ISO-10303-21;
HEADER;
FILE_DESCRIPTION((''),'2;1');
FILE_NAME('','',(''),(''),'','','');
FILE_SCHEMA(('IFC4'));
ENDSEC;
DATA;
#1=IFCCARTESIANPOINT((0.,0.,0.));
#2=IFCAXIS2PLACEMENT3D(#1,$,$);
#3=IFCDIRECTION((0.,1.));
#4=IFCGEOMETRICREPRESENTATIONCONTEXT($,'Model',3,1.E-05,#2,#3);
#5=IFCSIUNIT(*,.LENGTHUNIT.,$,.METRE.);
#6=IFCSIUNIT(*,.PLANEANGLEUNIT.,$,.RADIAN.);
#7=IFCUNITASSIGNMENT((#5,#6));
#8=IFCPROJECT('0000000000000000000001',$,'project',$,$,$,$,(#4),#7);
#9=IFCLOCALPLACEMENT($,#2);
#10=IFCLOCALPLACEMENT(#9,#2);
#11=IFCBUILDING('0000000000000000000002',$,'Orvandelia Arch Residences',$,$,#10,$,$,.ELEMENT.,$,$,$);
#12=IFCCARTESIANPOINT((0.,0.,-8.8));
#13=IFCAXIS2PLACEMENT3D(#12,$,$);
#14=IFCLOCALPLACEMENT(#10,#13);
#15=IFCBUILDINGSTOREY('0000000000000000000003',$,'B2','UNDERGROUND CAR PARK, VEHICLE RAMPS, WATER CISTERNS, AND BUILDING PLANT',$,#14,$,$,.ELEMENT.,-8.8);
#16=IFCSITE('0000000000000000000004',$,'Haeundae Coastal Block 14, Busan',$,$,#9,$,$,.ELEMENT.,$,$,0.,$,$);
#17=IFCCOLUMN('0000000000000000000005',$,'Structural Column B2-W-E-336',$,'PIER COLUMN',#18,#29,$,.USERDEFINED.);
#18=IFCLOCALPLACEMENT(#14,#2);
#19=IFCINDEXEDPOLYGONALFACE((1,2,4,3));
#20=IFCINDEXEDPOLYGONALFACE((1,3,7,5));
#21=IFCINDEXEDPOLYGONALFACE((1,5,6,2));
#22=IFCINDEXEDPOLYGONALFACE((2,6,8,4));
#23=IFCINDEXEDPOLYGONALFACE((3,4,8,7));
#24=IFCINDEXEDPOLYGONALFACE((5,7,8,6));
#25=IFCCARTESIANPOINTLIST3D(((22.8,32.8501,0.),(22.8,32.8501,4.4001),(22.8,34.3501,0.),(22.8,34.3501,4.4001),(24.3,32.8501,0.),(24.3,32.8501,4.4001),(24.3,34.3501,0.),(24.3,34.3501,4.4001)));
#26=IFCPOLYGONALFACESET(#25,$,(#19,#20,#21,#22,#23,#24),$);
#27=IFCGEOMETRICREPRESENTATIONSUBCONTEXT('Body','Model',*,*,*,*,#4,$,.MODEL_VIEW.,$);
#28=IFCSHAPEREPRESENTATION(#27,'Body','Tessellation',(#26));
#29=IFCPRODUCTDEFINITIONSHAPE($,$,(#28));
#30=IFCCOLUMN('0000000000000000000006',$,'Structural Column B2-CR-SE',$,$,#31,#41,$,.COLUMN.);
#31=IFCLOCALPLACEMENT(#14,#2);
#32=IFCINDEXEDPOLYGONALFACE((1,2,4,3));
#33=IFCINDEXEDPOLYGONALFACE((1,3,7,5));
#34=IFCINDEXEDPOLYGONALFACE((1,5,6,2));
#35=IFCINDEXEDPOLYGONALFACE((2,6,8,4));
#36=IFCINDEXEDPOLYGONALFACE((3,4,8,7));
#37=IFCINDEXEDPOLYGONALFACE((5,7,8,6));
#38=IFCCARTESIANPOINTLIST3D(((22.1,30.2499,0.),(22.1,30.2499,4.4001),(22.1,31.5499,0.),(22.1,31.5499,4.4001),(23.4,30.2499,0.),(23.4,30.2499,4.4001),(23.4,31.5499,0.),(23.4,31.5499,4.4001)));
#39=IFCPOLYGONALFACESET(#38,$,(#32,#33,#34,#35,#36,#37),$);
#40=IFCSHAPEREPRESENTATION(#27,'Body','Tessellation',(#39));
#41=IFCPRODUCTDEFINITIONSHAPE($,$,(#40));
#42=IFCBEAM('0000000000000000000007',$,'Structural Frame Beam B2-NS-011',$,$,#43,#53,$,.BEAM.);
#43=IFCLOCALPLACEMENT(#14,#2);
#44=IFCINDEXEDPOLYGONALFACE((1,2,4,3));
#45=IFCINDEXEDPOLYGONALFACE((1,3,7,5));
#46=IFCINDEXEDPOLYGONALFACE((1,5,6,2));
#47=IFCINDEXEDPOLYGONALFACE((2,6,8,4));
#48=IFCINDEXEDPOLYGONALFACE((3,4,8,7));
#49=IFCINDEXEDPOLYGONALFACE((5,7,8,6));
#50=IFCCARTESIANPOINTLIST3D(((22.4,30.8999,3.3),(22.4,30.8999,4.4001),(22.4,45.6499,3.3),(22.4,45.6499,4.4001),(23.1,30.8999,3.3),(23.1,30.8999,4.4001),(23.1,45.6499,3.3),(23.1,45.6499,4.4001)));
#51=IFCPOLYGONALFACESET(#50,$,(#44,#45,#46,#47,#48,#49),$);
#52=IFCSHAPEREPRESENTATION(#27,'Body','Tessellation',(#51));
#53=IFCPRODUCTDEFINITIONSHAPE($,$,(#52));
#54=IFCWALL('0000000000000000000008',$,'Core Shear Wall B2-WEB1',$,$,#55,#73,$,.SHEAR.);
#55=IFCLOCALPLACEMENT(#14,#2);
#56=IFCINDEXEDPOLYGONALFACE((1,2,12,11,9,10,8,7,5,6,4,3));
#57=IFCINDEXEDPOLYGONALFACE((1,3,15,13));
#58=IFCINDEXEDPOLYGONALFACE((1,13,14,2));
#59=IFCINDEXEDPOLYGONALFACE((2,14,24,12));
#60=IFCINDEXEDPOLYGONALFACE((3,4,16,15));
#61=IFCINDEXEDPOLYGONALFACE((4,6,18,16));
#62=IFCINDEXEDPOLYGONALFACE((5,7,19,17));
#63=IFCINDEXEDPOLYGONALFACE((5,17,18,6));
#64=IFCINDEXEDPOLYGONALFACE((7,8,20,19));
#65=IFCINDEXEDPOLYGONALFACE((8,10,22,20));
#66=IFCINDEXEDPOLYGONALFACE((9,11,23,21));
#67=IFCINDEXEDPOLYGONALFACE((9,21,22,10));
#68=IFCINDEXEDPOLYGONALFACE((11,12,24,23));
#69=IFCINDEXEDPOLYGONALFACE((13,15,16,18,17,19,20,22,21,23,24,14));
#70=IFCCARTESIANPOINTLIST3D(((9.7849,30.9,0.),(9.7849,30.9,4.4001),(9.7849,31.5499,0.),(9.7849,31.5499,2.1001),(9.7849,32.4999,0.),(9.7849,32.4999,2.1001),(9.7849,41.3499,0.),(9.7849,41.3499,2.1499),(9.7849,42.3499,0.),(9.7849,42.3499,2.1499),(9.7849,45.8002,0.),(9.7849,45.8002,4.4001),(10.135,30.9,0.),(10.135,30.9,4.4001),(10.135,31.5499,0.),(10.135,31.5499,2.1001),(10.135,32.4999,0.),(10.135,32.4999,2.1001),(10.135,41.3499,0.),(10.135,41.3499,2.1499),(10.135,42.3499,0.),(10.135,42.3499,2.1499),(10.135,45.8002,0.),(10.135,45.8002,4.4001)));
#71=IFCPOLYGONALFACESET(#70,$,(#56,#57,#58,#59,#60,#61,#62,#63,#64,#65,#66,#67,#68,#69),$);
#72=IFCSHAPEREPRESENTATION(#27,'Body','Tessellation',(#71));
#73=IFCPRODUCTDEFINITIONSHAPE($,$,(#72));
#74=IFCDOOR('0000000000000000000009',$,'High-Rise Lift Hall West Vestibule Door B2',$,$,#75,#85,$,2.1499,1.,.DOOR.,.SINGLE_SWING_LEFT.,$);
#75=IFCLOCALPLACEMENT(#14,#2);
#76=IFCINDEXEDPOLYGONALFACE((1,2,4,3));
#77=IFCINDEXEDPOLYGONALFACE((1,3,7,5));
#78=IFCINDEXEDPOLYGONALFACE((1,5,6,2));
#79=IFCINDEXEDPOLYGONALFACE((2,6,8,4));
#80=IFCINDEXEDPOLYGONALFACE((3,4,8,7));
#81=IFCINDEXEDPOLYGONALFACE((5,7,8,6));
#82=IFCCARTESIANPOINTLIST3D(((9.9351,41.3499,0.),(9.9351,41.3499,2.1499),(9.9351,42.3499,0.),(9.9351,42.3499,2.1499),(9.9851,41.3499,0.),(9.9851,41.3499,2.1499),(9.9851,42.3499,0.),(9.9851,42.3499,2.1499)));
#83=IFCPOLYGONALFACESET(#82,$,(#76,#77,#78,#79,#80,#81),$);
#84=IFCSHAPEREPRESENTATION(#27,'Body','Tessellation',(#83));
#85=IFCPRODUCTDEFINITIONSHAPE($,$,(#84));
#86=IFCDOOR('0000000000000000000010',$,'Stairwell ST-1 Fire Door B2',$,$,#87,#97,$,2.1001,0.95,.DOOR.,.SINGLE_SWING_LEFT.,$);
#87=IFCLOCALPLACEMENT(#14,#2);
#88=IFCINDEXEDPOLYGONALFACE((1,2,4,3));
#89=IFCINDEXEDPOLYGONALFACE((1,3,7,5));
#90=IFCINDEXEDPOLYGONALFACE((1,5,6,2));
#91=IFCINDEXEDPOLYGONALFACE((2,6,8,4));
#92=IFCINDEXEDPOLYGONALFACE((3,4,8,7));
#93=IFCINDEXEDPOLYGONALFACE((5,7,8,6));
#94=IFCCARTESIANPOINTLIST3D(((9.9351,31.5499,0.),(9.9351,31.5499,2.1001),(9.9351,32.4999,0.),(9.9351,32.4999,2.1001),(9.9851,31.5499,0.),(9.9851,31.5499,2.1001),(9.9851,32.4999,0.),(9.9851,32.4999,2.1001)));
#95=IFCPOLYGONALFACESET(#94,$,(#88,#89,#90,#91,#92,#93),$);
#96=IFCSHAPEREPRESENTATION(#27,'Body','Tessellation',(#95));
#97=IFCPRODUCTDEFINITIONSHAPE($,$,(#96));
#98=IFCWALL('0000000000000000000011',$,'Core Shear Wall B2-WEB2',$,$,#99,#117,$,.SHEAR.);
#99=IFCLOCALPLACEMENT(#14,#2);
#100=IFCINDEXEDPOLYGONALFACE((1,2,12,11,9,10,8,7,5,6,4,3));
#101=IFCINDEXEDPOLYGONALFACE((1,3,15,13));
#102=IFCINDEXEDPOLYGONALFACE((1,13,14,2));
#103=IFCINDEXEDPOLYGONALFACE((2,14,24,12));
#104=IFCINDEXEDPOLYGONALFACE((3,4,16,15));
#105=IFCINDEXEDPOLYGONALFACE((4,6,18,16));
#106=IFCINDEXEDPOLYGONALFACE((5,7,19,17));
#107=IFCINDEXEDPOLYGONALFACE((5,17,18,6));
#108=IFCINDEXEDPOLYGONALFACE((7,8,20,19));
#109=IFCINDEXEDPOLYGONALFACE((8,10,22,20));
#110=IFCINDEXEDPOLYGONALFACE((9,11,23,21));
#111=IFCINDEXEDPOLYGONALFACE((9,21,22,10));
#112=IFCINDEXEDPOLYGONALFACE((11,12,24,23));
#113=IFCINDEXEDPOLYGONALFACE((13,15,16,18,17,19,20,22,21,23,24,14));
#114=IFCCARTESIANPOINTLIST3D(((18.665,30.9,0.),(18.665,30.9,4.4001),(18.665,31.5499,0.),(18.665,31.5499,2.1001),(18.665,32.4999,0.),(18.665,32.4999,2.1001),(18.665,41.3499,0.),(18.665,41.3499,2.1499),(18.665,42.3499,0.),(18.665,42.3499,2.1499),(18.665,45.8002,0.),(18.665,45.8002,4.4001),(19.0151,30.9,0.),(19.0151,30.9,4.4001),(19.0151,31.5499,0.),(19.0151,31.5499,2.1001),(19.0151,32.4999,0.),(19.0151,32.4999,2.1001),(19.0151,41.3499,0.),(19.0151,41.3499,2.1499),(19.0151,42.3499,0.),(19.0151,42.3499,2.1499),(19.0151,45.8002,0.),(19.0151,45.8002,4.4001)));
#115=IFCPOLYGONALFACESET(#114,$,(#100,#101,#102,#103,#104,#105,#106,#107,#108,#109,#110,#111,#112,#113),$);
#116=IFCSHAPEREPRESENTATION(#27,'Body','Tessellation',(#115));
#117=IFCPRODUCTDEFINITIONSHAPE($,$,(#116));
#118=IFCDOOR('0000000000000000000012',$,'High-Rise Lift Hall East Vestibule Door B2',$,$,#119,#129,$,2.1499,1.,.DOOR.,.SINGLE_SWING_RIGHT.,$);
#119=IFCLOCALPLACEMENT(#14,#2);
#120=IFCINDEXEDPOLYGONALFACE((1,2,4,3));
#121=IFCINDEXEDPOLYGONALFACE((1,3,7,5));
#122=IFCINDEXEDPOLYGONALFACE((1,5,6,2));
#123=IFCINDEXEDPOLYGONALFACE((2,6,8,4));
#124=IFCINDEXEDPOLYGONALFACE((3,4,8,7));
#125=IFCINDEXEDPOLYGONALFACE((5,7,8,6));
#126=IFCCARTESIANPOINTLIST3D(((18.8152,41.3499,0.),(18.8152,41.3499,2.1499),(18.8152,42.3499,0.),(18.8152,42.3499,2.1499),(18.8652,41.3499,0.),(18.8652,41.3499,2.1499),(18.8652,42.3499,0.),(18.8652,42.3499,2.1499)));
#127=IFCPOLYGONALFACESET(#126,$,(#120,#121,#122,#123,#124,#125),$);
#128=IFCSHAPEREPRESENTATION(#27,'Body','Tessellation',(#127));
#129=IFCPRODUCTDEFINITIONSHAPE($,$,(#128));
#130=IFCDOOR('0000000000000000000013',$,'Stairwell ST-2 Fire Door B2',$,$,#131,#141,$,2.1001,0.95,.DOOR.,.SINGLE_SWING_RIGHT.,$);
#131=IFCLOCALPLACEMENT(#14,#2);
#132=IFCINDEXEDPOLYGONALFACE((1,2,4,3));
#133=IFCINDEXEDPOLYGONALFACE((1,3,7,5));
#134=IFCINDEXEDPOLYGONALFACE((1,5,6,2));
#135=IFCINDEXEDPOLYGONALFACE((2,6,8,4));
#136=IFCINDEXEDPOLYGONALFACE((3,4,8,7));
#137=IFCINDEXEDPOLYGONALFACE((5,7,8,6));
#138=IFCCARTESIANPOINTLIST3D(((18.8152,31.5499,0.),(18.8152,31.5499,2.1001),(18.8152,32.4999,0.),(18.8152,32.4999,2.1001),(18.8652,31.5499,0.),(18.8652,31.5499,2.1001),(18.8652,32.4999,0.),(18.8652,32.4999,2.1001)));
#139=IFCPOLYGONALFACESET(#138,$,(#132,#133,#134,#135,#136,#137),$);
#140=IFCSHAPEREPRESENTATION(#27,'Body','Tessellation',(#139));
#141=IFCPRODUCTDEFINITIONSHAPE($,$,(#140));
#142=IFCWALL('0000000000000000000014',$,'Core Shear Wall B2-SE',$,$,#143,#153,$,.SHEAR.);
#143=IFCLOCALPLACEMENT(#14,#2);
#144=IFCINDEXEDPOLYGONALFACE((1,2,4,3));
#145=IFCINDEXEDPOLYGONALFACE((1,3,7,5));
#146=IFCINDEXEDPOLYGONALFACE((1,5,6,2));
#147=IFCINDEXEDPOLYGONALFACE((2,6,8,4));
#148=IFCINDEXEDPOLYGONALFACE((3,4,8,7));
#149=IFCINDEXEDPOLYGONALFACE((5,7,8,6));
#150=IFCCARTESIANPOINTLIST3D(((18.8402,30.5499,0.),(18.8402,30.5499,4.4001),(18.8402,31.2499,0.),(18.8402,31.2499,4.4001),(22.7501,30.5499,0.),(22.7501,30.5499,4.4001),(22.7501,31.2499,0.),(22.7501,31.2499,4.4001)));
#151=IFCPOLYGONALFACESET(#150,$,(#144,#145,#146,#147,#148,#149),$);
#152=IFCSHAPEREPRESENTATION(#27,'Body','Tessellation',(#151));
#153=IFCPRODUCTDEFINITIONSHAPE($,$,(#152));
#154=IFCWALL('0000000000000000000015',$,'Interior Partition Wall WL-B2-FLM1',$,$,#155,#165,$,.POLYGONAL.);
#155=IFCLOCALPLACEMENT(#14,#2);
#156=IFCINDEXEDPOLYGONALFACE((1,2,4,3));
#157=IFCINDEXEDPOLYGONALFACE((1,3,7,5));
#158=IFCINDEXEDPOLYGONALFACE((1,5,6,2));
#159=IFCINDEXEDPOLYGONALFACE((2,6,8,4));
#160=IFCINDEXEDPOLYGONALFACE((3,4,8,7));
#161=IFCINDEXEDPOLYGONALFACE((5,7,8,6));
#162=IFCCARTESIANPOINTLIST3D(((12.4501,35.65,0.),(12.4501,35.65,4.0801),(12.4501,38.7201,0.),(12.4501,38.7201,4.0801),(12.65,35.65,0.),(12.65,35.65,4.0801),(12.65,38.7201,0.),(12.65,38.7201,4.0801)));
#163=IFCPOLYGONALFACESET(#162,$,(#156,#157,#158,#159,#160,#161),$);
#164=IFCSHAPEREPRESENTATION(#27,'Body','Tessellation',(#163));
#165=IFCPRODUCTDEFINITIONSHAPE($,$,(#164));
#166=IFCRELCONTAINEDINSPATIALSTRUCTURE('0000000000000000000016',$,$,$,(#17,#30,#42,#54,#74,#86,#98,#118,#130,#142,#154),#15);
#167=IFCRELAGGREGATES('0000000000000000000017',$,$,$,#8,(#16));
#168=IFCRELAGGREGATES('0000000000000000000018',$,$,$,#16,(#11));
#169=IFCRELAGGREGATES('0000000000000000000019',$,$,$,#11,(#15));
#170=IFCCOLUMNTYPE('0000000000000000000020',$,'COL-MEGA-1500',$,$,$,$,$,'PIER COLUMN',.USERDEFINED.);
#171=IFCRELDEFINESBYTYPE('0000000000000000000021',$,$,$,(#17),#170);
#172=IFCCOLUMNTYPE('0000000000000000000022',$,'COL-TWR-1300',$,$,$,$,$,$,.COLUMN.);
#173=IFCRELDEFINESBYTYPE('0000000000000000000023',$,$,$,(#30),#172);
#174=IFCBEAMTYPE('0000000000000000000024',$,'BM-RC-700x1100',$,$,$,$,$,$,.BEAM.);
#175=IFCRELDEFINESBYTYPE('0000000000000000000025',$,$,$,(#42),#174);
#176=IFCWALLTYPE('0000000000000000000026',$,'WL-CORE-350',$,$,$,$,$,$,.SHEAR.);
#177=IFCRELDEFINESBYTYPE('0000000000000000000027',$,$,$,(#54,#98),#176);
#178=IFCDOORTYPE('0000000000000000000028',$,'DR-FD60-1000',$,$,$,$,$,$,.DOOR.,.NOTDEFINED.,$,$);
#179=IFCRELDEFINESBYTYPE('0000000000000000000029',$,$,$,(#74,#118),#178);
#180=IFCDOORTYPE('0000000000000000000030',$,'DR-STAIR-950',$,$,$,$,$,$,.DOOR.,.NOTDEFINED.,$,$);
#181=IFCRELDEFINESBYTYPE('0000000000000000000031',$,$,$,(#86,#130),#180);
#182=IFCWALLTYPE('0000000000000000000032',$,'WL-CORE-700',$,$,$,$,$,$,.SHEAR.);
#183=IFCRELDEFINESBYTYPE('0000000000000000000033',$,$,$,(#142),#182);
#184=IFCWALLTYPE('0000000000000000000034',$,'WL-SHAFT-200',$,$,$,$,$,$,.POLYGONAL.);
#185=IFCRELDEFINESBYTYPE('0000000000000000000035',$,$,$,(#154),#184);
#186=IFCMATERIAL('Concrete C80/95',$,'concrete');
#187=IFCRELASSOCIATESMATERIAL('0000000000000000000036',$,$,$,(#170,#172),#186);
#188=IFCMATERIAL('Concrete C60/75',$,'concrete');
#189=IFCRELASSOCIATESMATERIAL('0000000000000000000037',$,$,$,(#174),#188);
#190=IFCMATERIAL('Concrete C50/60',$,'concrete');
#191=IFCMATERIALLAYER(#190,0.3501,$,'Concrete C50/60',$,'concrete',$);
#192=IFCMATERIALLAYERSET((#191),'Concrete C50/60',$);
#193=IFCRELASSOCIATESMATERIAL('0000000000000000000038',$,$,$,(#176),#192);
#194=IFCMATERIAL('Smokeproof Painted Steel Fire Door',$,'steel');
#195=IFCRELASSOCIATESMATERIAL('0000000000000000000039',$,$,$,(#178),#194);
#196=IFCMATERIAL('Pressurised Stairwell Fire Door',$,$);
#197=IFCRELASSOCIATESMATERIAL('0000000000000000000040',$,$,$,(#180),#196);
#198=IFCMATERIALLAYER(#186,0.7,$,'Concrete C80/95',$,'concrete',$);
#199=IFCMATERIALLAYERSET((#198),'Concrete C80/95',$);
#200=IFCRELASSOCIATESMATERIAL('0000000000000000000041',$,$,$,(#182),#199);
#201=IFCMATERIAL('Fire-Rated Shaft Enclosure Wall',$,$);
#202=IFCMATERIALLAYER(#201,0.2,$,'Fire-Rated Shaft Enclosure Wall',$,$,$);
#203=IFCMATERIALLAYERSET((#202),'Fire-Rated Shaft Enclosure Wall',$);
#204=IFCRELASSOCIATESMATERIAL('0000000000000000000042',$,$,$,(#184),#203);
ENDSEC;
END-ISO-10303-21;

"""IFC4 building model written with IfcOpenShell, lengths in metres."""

from ifc_helpers import new_model, si_unit, direction, frame, frame_2d, origin, origin_2d, place, context, subcontext, project, spatial, rectangle, extrude, material, layer, layer_set, material_profile, profile_set, type_object, element, fill, save


model = new_model("IFC4")

# Units and contexts
model_context = context("Model", 3, precision=1e-05, world=origin(), true_north=direction((0.0, 1.0)))
body_context = subcontext(model_context, "Body", "Model", "MODEL_VIEW")
ifc_project = project(units=[si_unit("LENGTHUNIT", "METRE"), si_unit("PLANEANGLEUNIT", "RADIAN")], contexts=[model_context])

# Site, building, storey
site_placement = place(None, origin())
site = spatial("IfcSite", under=ifc_project, at=site_placement, Name="Haeundae Coastal Block 14, Busan", CompositionType="ELEMENT", RefElevation=0.0)
building_placement = place(site_placement, origin())
building = spatial("IfcBuilding", under=site, at=building_placement, Name="Orvandelia Arch Residences", CompositionType="ELEMENT")
storey_placement = place(building_placement, frame((0.0, 0.0, -8.8)))
storey = spatial("IfcBuildingStorey", under=building, at=storey_placement, Name="B2", Description="UNDERGROUND CAR PARK, VEHICLE RAMPS, WATER CISTERNS, AND BUILDING PLANT", CompositionType="ELEMENT", Elevation=-8.8)

# Columns
ifc_material_1 = material(Name="Concrete C80/95", Category="concrete")
ifc_material_profile_1 = material_profile(ifc_material_1, rectangle(XDim=1.5, YDim=1.5, at=origin_2d()), Name="Concrete C80/95", Category="concrete")
ifc_profile_set_1 = profile_set([ifc_material_profile_1], Name="Concrete C80/95")
column_type_1 = type_object("IfcColumnType", Name="COL-MEGA-1500", ElementType="PIER COLUMN", PredefinedType="USERDEFINED", material=ifc_profile_set_1)
column_1_placement = place(storey_placement, frame((23.55, 33.6001, 0.0), z_axis=(0.0, 0.0, 1.0), x_axis=(1.0, 0.0, 0.0)))
element("IfcColumn", 1, at=column_1_placement, inside=storey, type_object=column_type_1, Name="Structural Column B2-W-E-336", ObjectType="PIER COLUMN", PredefinedType="USERDEFINED", context=body_context, shape_type="SweptSolid", body=[
    extrude(rectangle(XDim=1.5, YDim=1.5, at=origin_2d()), origin(), (0.0, 0.0, 1.0), 4.4001),
])
ifc_material_profile_2 = material_profile(ifc_material_1, rectangle(XDim=1.3, YDim=1.3, at=origin_2d()), Name="Concrete C80/95", Category="concrete")
ifc_profile_set_2 = profile_set([ifc_material_profile_2], Name="Concrete C80/95")
column_type_2 = type_object("IfcColumnType", Name="COL-TWR-1300", PredefinedType="COLUMN", material=ifc_profile_set_2)
column_2_placement = place(storey_placement, frame((22.75, 30.8999, 0.0), z_axis=(0.0, 0.0, 1.0), x_axis=(1.0, 0.0, 0.0)))
element("IfcColumn", 2, at=column_2_placement, inside=storey, type_object=column_type_2, Name="Structural Column B2-CR-SE", PredefinedType="COLUMN", context=body_context, shape_type="SweptSolid", body=[
    extrude(rectangle(XDim=1.3, YDim=1.3, at=origin_2d()), origin(), (0.0, 0.0, 1.0), 4.4001),
])

# Beam
ifc_material_2 = material(Name="Concrete C60/75", Category="concrete")
ifc_material_profile_3 = material_profile(ifc_material_2, rectangle(XDim=0.7, YDim=1.1001, at=origin_2d()), Name="Concrete C60/75", Category="concrete")
ifc_profile_set_3 = profile_set([ifc_material_profile_3], Name="Concrete C60/75")
beam_type = type_object("IfcBeamType", Name="BM-RC-700x1100", PredefinedType="BEAM", material=ifc_profile_set_3)
beam_placement = place(storey_placement, frame((22.75, 30.8999, 3.8501), z_axis=(0.0, 1.0, 0.0), x_axis=(-1.0, 0.0, 0.0)))
element("IfcBeam", 3, at=beam_placement, inside=storey, type_object=beam_type, Name="Structural Frame Beam B2-NS-011", PredefinedType="BEAM", context=body_context, shape_type="SweptSolid", body=[
    extrude(rectangle(XDim=0.7, YDim=1.1001, at=origin_2d()), origin(), (0.0, 0.0, 1.0), 14.75),
])

# Walls, openings, doors
ifc_material_3 = material(Name="Concrete C50/60", Category="concrete")
ifc_layer_1 = layer(ifc_material_3, 0.3501, Name="Concrete C50/60", Category="concrete")
ifc_layer_set_1 = layer_set([ifc_layer_1], Name="Concrete C50/60")
wall_type_1 = type_object("IfcWallType", Name="WL-CORE-350", PredefinedType="SHEAR", material=ifc_layer_set_1)
wall_1_placement = place(storey_placement, frame((9.96, 30.8999, 0.0), z_axis=(0.0, 0.0, 1.0), x_axis=(0.0, 1.0, 0.0)))
wall_1 = element("IfcWall", 4, at=wall_1_placement, inside=storey, type_object=wall_type_1, Name="Core Shear Wall B2-WEB1", PredefinedType="SHEAR", context=body_context, shape_type="SweptSolid", body=[
    extrude(rectangle(XDim=14.9001, YDim=0.3501, at=frame_2d((7.4502, 0.0))), origin(), (0.0, 0.0, 1.0), 4.4001),
])
opening_1_placement = place(wall_1_placement, frame((0.6499, 0.0, 0.0)))
opening_1 = element("IfcOpeningElement", 5, at=opening_1_placement, cuts=wall_1, PredefinedType="OPENING", context=body_context, shape_type="SweptSolid", body=[
    extrude(rectangle(XDim=0.95, YDim=2.1001, at=frame_2d((0.4751, 1.05))), frame((0.0, 0.1851, 0.0), z_axis=(0.0, -1.0, 0.0), x_axis=(1.0, 0.0, 0.0)), (0.0, 0.0, 1.0), 0.3701),
])
opening_2_placement = place(wall_1_placement, frame((10.45, 0.0, 0.0)))
opening_2 = element("IfcOpeningElement", 6, at=opening_2_placement, cuts=wall_1, PredefinedType="OPENING", context=body_context, shape_type="SweptSolid", body=[
    extrude(rectangle(XDim=1.0, YDim=2.1499, at=frame_2d((0.5, 1.075))), frame((0.0, 0.1851, 0.0), z_axis=(0.0, -1.0, 0.0), x_axis=(1.0, 0.0, 0.0)), (0.0, 0.0, 1.0), 0.3701),
])
ifc_material_4 = material(Name="Smokeproof Painted Steel Fire Door", Category="steel")
door_type_1 = type_object("IfcDoorType", Name="DR-FD60-1000", OperationType="NOTDEFINED", PredefinedType="DOOR", material=ifc_material_4)
door_1_placement = place(opening_2_placement, origin())
door_1 = element("IfcDoor", 7, at=door_1_placement, inside=storey, type_object=door_type_1, Name="High-Rise Lift Hall West Vestibule Door B2", OperationType="SINGLE_SWING_LEFT", OverallHeight=2.1499, OverallWidth=1.0, PredefinedType="DOOR", context=body_context, shape_type="SweptSolid", body=[
    extrude(rectangle(XDim=1.0, YDim=2.1499, at=frame_2d((0.5, 1.075))), frame((0.0, 0.0249, 0.0), z_axis=(0.0, -1.0, 0.0), x_axis=(1.0, 0.0, 0.0)), (0.0, 0.0, 1.0), 0.05),
])
fill(opening_2, door_1)
ifc_material_5 = material(Name="Pressurised Stairwell Fire Door")
door_type_2 = type_object("IfcDoorType", Name="DR-STAIR-950", OperationType="NOTDEFINED", PredefinedType="DOOR", material=ifc_material_5)
door_2_placement = place(opening_1_placement, origin())
door_2 = element("IfcDoor", 8, at=door_2_placement, inside=storey, type_object=door_type_2, Name="Stairwell ST-1 Fire Door B2", OperationType="SINGLE_SWING_LEFT", OverallHeight=2.1001, OverallWidth=0.95, PredefinedType="DOOR", context=body_context, shape_type="SweptSolid", body=[
    extrude(rectangle(XDim=0.95, YDim=2.1001, at=frame_2d((0.4751, 1.05))), frame((0.0, 0.0249, 0.0), z_axis=(0.0, -1.0, 0.0), x_axis=(1.0, 0.0, 0.0)), (0.0, 0.0, 1.0), 0.05),
])
fill(opening_1, door_2)
wall_2_placement = place(storey_placement, frame((18.8401, 30.8999, 0.0), z_axis=(0.0, 0.0, 1.0), x_axis=(0.0, 1.0, 0.0)))
wall_2 = element("IfcWall", 9, at=wall_2_placement, inside=storey, type_object=wall_type_1, Name="Core Shear Wall B2-WEB2", PredefinedType="SHEAR", context=body_context, shape_type="SweptSolid", body=[
    extrude(rectangle(XDim=14.9001, YDim=0.3501, at=frame_2d((7.4502, 0.0))), origin(), (0.0, 0.0, 1.0), 4.4001),
])
opening_3_placement = place(wall_2_placement, frame((0.6499, 0.0, 0.0)))
opening_3 = element("IfcOpeningElement", 10, at=opening_3_placement, cuts=wall_2, PredefinedType="OPENING", context=body_context, shape_type="SweptSolid", body=[
    extrude(rectangle(XDim=0.95, YDim=2.1001, at=frame_2d((0.4751, 1.05))), frame((0.0, 0.1851, 0.0), z_axis=(0.0, -1.0, 0.0), x_axis=(1.0, 0.0, 0.0)), (0.0, 0.0, 1.0), 0.3701),
])
opening_4_placement = place(wall_2_placement, frame((10.45, 0.0, 0.0)))
opening_4 = element("IfcOpeningElement", 11, at=opening_4_placement, cuts=wall_2, PredefinedType="OPENING", context=body_context, shape_type="SweptSolid", body=[
    extrude(rectangle(XDim=1.0, YDim=2.1499, at=frame_2d((0.5, 1.075))), frame((0.0, 0.1851, 0.0), z_axis=(0.0, -1.0, 0.0), x_axis=(1.0, 0.0, 0.0)), (0.0, 0.0, 1.0), 0.3701),
])
door_3_placement = place(opening_4_placement, origin())
door_3 = element("IfcDoor", 12, at=door_3_placement, inside=storey, type_object=door_type_1, Name="High-Rise Lift Hall East Vestibule Door B2", OperationType="SINGLE_SWING_RIGHT", OverallHeight=2.1499, OverallWidth=1.0, PredefinedType="DOOR", context=body_context, shape_type="SweptSolid", body=[
    extrude(rectangle(XDim=1.0, YDim=2.1499, at=frame_2d((0.5, 1.075))), frame((0.0, 0.0249, 0.0), z_axis=(0.0, -1.0, 0.0), x_axis=(1.0, 0.0, 0.0)), (0.0, 0.0, 1.0), 0.05),
])
fill(opening_4, door_3)
door_4_placement = place(opening_3_placement, origin())
door_4 = element("IfcDoor", 13, at=door_4_placement, inside=storey, type_object=door_type_2, Name="Stairwell ST-2 Fire Door B2", OperationType="SINGLE_SWING_RIGHT", OverallHeight=2.1001, OverallWidth=0.95, PredefinedType="DOOR", context=body_context, shape_type="SweptSolid", body=[
    extrude(rectangle(XDim=0.95, YDim=2.1001, at=frame_2d((0.4751, 1.05))), frame((0.0, 0.0249, 0.0), z_axis=(0.0, -1.0, 0.0), x_axis=(1.0, 0.0, 0.0)), (0.0, 0.0, 1.0), 0.05),
])
fill(opening_3, door_4)

# Walls
ifc_layer_2 = layer(ifc_material_1, 0.7, Name="Concrete C80/95", Category="concrete")
ifc_layer_set_2 = layer_set([ifc_layer_2], Name="Concrete C80/95")
wall_type_2 = type_object("IfcWallType", Name="WL-CORE-700", PredefinedType="SHEAR", material=ifc_layer_set_2)
wall_3_placement = place(storey_placement, frame((18.8401, 30.8999, 0.0), z_axis=(0.0, 0.0, 1.0), x_axis=(1.0, 0.0, 0.0)))
element("IfcWall", 14, at=wall_3_placement, inside=storey, type_object=wall_type_2, Name="Core Shear Wall B2-SE", PredefinedType="SHEAR", context=body_context, shape_type="SweptSolid", body=[
    extrude(rectangle(XDim=3.9099, YDim=0.7, at=frame_2d((1.9551, 0.0))), origin(), (0.0, 0.0, 1.0), 4.4001),
])
ifc_material_6 = material(Name="Fire-Rated Shaft Enclosure Wall")
ifc_layer_3 = layer(ifc_material_6, 0.2, Name="Fire-Rated Shaft Enclosure Wall")
ifc_layer_set_3 = layer_set([ifc_layer_3], Name="Fire-Rated Shaft Enclosure Wall")
wall_type_3 = type_object("IfcWallType", Name="WL-SHAFT-200", PredefinedType="POLYGONAL", material=ifc_layer_set_3)
for number, where, z_axis, x_axis, name in (
    (15, (12.55, 35.6499, 0.0), (0.0, 0.0, 1.0), (0.0, 1.0, 0.0), "Interior Partition Wall WL-B2-FLM1"),
):
    element("IfcWall", number, at=place(storey_placement, frame(where, z_axis=z_axis, x_axis=x_axis)), inside=storey, type_object=wall_type_3, Name=name, PredefinedType="POLYGONAL", context=body_context, shape_type="SweptSolid", body=[
        extrude(rectangle(XDim=3.0701, YDim=0.2, at=frame_2d((1.5352, 0.0))), origin(), (0.0, 0.0, 1.0), 4.0801),
    ])

save(model, "model.ifc")
